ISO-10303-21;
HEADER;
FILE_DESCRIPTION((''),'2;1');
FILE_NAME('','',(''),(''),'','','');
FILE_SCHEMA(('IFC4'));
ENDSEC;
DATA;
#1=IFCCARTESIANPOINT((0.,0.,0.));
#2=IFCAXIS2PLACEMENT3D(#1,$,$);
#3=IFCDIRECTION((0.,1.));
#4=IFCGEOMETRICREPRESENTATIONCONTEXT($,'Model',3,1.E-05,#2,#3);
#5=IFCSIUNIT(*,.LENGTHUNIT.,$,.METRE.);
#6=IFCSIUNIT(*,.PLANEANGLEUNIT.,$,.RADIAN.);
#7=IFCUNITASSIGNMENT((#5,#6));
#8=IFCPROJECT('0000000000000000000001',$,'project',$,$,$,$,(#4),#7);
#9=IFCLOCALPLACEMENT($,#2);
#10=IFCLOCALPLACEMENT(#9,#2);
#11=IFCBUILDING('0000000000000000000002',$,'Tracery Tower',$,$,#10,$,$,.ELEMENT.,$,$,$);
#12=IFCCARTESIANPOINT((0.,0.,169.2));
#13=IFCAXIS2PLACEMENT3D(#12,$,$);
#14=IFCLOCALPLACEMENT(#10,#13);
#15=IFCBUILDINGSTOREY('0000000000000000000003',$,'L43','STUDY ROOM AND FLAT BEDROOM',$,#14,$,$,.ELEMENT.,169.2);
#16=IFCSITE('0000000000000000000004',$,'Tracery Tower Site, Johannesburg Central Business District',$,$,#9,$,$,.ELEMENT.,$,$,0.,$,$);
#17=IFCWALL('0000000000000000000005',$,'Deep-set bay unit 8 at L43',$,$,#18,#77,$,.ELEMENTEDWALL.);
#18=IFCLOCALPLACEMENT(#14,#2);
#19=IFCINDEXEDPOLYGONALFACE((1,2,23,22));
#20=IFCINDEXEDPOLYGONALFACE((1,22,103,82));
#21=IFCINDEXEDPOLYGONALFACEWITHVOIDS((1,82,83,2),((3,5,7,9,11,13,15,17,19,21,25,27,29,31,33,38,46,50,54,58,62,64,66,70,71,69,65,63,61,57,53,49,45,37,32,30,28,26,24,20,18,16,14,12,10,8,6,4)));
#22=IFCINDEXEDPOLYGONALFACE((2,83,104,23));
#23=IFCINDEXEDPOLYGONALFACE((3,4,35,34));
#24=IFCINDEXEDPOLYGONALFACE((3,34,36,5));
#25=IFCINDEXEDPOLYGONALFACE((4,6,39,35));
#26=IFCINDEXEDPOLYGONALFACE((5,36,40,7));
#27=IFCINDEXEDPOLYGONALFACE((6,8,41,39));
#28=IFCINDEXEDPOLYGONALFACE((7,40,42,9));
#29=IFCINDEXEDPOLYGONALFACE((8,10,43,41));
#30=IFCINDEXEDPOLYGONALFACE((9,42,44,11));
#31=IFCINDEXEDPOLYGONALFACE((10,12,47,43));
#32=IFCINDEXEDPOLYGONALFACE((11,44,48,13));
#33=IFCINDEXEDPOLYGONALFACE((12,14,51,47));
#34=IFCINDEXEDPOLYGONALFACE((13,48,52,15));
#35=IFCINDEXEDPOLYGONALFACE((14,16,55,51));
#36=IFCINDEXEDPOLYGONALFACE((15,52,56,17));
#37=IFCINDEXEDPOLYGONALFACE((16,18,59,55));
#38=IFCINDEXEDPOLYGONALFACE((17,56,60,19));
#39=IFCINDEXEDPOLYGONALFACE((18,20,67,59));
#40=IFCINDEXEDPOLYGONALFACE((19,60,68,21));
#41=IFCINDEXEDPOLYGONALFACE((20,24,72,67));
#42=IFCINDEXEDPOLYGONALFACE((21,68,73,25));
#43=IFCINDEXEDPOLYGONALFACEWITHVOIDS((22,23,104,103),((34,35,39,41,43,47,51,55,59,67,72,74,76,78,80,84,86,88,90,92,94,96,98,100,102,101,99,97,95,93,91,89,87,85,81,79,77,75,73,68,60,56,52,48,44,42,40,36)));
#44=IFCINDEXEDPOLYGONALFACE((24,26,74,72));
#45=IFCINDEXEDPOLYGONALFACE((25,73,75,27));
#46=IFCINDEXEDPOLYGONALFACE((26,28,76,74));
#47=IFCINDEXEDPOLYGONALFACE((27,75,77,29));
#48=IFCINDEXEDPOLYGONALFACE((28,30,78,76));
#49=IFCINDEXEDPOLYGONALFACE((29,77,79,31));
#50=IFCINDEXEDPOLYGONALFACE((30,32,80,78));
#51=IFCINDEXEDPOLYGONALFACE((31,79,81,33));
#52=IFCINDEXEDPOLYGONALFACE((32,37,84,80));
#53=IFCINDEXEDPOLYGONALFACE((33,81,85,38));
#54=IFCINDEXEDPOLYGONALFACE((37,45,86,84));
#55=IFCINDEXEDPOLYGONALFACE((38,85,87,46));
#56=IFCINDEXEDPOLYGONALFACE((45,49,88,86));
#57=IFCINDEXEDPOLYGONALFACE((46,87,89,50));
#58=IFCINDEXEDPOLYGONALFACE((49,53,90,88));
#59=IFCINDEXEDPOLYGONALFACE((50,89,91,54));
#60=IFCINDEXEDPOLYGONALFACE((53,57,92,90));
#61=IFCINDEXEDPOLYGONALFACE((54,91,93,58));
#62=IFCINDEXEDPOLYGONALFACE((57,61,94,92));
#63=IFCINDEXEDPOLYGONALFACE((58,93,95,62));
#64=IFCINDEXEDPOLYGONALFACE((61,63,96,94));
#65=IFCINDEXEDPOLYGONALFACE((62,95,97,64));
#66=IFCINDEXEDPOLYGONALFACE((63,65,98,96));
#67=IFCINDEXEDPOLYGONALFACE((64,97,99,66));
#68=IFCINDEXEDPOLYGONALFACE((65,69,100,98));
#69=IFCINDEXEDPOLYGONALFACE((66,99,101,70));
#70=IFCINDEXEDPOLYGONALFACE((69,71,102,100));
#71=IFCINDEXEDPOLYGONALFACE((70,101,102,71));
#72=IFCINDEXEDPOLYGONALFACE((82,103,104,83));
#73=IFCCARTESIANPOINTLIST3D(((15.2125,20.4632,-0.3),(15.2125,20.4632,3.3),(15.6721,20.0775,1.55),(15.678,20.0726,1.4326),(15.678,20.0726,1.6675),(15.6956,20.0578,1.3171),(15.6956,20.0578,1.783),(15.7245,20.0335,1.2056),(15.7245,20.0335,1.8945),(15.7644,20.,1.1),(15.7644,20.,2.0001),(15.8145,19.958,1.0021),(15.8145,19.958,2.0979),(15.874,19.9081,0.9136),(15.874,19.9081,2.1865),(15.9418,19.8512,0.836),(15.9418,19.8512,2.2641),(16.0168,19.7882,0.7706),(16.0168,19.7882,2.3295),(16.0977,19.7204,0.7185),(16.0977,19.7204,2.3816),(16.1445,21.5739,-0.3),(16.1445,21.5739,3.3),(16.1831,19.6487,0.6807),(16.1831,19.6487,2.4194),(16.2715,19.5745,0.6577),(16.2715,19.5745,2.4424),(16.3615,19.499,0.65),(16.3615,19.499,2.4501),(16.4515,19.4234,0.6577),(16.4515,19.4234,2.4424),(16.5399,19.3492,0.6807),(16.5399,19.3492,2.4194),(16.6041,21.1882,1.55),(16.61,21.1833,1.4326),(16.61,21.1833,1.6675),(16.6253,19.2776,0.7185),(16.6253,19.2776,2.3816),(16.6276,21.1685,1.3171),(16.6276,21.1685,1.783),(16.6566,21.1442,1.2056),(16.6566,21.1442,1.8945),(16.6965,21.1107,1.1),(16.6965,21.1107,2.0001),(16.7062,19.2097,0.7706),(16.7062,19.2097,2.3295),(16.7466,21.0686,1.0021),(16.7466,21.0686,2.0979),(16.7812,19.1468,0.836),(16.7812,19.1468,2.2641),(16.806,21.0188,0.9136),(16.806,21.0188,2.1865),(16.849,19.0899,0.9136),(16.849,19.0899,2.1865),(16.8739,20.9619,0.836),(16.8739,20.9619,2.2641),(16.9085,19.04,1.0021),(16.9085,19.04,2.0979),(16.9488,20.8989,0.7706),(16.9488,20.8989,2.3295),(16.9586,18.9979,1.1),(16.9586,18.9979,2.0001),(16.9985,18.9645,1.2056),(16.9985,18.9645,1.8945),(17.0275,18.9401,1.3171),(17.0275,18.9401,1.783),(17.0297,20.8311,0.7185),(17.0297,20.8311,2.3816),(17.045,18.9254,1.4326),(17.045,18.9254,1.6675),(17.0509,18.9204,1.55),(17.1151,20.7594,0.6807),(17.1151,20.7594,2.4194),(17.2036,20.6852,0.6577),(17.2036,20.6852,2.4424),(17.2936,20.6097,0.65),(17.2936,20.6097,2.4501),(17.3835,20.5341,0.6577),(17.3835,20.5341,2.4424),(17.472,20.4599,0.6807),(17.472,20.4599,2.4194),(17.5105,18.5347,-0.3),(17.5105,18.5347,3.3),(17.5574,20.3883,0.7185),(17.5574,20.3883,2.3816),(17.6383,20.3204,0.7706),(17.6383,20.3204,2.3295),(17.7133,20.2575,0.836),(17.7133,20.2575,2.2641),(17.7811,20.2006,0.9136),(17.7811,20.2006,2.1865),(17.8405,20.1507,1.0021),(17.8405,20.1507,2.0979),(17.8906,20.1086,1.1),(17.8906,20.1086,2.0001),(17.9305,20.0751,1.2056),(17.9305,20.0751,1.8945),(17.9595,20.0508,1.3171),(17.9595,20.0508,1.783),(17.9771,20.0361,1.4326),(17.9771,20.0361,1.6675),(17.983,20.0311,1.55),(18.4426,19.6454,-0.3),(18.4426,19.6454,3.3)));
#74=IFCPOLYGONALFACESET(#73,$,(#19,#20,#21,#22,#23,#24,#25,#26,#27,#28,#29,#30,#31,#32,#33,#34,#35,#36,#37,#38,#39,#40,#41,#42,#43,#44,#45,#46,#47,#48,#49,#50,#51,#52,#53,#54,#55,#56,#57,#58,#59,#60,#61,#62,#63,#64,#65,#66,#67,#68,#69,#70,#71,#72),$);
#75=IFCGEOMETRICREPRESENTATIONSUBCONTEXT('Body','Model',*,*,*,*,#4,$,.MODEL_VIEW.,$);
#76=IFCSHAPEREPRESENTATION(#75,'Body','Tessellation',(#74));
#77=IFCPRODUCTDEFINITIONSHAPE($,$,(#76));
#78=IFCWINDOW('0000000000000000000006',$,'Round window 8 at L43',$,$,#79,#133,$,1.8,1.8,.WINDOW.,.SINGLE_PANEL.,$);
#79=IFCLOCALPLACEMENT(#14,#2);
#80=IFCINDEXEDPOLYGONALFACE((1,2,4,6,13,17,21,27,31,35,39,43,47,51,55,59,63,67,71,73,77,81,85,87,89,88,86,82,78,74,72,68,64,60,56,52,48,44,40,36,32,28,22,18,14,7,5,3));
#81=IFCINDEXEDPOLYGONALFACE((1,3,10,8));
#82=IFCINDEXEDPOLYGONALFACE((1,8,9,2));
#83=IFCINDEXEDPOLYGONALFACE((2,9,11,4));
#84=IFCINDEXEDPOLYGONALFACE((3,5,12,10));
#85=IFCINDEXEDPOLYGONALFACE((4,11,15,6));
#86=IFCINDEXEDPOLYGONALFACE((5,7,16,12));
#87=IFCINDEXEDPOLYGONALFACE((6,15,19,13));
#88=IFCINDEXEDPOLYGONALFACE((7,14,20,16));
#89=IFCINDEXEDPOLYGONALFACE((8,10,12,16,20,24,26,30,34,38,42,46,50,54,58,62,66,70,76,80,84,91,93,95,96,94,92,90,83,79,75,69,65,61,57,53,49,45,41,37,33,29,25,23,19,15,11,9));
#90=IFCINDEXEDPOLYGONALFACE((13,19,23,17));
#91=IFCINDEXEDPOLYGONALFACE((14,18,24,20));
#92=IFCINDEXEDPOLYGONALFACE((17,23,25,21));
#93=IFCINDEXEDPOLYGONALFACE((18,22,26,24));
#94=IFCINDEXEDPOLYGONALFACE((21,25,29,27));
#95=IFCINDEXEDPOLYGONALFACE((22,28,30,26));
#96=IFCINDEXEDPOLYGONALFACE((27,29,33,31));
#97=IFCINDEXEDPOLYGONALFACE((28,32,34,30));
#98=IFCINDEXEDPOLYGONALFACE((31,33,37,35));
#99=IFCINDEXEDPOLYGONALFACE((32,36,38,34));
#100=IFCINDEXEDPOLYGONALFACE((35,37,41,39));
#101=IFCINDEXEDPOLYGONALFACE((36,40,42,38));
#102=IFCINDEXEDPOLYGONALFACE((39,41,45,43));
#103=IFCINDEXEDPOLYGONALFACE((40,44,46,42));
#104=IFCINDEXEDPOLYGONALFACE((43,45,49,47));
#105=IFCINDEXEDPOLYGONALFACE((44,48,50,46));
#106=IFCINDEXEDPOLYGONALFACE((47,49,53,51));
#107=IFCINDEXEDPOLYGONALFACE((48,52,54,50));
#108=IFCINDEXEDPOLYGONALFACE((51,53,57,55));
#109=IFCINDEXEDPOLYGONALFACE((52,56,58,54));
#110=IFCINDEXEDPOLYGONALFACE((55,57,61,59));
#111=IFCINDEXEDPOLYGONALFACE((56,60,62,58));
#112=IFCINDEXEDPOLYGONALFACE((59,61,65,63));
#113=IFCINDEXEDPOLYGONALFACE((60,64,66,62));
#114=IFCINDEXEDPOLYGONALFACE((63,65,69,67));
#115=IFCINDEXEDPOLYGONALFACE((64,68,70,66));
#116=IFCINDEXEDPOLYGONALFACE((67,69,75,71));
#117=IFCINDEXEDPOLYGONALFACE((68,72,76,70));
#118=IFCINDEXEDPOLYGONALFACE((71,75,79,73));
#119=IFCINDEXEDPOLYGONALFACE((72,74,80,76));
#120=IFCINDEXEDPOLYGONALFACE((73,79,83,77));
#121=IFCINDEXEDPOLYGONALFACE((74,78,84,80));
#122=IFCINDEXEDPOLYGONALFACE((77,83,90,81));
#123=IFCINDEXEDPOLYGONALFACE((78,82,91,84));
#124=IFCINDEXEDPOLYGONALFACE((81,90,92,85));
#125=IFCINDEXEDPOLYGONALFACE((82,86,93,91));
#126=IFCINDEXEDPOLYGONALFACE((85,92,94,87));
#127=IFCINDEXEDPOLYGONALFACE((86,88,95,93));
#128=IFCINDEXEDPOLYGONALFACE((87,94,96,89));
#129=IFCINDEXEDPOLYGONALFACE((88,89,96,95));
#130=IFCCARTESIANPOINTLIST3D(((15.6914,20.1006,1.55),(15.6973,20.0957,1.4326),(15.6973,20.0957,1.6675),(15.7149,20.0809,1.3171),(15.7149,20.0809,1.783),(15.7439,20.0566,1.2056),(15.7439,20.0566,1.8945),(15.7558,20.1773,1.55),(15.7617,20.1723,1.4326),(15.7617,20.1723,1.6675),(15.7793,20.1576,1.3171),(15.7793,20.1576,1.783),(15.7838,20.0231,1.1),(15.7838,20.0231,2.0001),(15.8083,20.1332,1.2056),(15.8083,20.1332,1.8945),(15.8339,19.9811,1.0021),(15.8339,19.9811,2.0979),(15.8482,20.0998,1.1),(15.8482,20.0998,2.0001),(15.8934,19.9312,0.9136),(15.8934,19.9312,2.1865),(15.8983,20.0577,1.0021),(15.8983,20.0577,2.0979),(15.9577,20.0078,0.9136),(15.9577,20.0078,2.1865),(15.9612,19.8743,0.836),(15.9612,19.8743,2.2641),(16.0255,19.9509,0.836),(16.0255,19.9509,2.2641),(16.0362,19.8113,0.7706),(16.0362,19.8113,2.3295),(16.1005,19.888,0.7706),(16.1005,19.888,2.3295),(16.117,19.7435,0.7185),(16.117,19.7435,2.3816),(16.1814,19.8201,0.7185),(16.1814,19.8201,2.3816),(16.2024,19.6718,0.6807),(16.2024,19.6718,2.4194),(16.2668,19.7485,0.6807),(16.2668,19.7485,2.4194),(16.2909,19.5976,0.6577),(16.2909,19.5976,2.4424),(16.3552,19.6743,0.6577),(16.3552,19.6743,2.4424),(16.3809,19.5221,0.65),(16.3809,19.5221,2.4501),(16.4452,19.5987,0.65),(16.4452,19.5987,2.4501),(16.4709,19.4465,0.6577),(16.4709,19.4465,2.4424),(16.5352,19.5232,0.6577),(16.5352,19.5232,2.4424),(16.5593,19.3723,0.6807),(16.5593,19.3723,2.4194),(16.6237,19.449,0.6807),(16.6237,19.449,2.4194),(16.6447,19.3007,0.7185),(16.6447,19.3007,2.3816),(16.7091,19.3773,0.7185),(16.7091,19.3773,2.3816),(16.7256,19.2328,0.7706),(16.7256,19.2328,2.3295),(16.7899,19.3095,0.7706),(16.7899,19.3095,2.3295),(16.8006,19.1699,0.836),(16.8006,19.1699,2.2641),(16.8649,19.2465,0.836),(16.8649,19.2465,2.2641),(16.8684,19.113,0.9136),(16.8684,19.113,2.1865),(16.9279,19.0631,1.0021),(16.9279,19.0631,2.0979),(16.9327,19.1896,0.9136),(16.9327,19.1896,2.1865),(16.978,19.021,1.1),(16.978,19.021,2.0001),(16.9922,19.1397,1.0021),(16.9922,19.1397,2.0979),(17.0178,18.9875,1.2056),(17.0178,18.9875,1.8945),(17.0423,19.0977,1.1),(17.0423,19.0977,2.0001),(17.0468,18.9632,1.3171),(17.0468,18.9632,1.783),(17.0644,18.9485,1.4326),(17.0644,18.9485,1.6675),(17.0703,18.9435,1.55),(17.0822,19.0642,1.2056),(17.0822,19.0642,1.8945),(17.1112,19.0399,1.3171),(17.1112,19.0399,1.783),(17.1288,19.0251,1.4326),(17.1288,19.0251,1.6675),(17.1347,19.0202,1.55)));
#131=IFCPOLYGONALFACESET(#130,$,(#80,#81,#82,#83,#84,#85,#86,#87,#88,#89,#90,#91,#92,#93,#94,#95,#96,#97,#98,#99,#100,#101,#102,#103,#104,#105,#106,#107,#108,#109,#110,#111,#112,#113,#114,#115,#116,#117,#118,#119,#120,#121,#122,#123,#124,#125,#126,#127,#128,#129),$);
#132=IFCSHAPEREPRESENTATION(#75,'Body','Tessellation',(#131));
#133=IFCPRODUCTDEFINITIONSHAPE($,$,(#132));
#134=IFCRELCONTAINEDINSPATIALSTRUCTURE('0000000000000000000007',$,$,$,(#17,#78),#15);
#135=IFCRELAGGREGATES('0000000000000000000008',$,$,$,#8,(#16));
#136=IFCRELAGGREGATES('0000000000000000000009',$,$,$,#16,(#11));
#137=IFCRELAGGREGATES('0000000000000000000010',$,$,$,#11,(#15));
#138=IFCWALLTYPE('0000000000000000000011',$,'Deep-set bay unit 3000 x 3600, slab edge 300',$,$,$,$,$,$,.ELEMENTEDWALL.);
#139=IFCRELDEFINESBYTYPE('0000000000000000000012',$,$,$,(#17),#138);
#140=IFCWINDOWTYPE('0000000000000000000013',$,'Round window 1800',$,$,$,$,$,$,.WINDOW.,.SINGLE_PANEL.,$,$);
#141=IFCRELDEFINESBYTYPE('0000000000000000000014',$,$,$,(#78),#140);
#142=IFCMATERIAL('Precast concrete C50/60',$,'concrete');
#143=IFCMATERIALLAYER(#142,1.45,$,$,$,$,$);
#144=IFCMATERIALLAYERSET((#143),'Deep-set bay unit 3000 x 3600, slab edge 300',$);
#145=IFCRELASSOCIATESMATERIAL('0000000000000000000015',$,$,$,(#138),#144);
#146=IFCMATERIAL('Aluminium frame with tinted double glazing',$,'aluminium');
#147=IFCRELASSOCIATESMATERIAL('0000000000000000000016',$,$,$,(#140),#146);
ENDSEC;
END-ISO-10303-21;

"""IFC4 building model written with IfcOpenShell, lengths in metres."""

from ifc_helpers import new_model, si_unit, direction, frame, frame_2d, origin, origin_2d, place, context, subcontext, project, spatial, rectangle, circle, extrude, material, layer, layer_set, type_object, element, fill, save


model = new_model("IFC4")

# Units and contexts
model_context = context("Model", 3, precision=1e-05, world=origin(), true_north=direction((0.0, 1.0)))
body_context = subcontext(model_context, "Body", "Model", "MODEL_VIEW")
ifc_project = project(units=[si_unit("LENGTHUNIT", "METRE"), si_unit("PLANEANGLEUNIT", "RADIAN")], contexts=[model_context])

# Site, building, storey
site_placement = place(None, origin())
site = spatial("IfcSite", under=ifc_project, at=site_placement, Name="Tracery Tower Site, Johannesburg Central Business District", CompositionType="ELEMENT", RefElevation=0.0)
building_placement = place(site_placement, origin())
building = spatial("IfcBuilding", under=site, at=building_placement, Name="Tracery Tower", CompositionType="ELEMENT")
storey_placement = place(building_placement, frame((0.0, 0.0, 169.2)))
storey = spatial("IfcBuildingStorey", under=building, at=storey_placement, Name="L43", Description="STUDY ROOM AND FLAT BEDROOM", CompositionType="ELEMENT", Elevation=169.2)

# Wall, opening, window
ifc_material_1 = material(Name="Precast concrete C50/60", Category="concrete")
ifc_layer_1 = layer(ifc_material_1, 1.45)
ifc_layer_set_1 = layer_set([ifc_layer_1], Name="Deep-set bay unit 3000 x 3600, slab edge 300")
wall_type_1 = type_object("IfcWallType", Name="Deep-set bay unit 3000 x 3600, slab edge 300", PredefinedType="ELEMENTEDWALL", material=ifc_layer_set_1)
ifc_material_2 = material(Name="Aluminium frame with tinted double glazing", Category="aluminium")
window_type = type_object("IfcWindowType", Name="Round window 1800", PartitioningType="SINGLE_PANEL", PredefinedType="WINDOW", material=ifc_material_2)
wall_1_placement = place(storey_placement, frame((17.9766, 19.0901, -0.3), z_axis=(0.0, 0.0, 1.0), x_axis=(-0.766022, 0.642814, 0.0)))
wall_1 = element("IfcWall", 1, at=wall_1_placement, inside=storey, type_object=wall_type_1, Name="Deep-set bay unit 8 at L43", PredefinedType="ELEMENTEDWALL", context=body_context, shape_type="SweptSolid", body=[
    extrude(rectangle(XDim=3.0, YDim=1.45, at=frame_2d((1.5, 0.0))), origin(), (0.0, 0.0, 1.0), 3.6001),
])
opening_1_placement = place(wall_1_placement, frame((1.5, 0.0, 1.8501)))
opening_1 = element("IfcOpeningElement", 2, at=opening_1_placement, cuts=wall_1, PredefinedType="OPENING", context=body_context, shape_type="SweptSolid", body=[
    extrude(circle(Radius=0.9, at=origin_2d()), frame((0.0, 0.7349, 0.0), z_axis=(0.0, -1.0, 0.0), x_axis=(1.0, 0.0, 0.0)), (0.0, 0.0, 1.0), 1.47),
])
window_1_placement = place(opening_1_placement, origin())
window_1 = element("IfcWindow", 3, at=window_1_placement, inside=storey, type_object=window_type, Name="Round window 8 at L43", OverallHeight=1.8, OverallWidth=1.8, PartitioningType="SINGLE_PANEL", PredefinedType="WINDOW", context=body_context, shape_type="SweptSolid", body=[
    extrude(circle(Radius=0.9, at=origin_2d()), frame((0.0, 0.6948, 0.0), z_axis=(0.0, -1.0, 0.0), x_axis=(1.0, 0.0, 0.0)), (0.0, 0.0, 1.0), 0.1001),
])
fill(opening_1, window_1)

save(model, "model.ifc")
